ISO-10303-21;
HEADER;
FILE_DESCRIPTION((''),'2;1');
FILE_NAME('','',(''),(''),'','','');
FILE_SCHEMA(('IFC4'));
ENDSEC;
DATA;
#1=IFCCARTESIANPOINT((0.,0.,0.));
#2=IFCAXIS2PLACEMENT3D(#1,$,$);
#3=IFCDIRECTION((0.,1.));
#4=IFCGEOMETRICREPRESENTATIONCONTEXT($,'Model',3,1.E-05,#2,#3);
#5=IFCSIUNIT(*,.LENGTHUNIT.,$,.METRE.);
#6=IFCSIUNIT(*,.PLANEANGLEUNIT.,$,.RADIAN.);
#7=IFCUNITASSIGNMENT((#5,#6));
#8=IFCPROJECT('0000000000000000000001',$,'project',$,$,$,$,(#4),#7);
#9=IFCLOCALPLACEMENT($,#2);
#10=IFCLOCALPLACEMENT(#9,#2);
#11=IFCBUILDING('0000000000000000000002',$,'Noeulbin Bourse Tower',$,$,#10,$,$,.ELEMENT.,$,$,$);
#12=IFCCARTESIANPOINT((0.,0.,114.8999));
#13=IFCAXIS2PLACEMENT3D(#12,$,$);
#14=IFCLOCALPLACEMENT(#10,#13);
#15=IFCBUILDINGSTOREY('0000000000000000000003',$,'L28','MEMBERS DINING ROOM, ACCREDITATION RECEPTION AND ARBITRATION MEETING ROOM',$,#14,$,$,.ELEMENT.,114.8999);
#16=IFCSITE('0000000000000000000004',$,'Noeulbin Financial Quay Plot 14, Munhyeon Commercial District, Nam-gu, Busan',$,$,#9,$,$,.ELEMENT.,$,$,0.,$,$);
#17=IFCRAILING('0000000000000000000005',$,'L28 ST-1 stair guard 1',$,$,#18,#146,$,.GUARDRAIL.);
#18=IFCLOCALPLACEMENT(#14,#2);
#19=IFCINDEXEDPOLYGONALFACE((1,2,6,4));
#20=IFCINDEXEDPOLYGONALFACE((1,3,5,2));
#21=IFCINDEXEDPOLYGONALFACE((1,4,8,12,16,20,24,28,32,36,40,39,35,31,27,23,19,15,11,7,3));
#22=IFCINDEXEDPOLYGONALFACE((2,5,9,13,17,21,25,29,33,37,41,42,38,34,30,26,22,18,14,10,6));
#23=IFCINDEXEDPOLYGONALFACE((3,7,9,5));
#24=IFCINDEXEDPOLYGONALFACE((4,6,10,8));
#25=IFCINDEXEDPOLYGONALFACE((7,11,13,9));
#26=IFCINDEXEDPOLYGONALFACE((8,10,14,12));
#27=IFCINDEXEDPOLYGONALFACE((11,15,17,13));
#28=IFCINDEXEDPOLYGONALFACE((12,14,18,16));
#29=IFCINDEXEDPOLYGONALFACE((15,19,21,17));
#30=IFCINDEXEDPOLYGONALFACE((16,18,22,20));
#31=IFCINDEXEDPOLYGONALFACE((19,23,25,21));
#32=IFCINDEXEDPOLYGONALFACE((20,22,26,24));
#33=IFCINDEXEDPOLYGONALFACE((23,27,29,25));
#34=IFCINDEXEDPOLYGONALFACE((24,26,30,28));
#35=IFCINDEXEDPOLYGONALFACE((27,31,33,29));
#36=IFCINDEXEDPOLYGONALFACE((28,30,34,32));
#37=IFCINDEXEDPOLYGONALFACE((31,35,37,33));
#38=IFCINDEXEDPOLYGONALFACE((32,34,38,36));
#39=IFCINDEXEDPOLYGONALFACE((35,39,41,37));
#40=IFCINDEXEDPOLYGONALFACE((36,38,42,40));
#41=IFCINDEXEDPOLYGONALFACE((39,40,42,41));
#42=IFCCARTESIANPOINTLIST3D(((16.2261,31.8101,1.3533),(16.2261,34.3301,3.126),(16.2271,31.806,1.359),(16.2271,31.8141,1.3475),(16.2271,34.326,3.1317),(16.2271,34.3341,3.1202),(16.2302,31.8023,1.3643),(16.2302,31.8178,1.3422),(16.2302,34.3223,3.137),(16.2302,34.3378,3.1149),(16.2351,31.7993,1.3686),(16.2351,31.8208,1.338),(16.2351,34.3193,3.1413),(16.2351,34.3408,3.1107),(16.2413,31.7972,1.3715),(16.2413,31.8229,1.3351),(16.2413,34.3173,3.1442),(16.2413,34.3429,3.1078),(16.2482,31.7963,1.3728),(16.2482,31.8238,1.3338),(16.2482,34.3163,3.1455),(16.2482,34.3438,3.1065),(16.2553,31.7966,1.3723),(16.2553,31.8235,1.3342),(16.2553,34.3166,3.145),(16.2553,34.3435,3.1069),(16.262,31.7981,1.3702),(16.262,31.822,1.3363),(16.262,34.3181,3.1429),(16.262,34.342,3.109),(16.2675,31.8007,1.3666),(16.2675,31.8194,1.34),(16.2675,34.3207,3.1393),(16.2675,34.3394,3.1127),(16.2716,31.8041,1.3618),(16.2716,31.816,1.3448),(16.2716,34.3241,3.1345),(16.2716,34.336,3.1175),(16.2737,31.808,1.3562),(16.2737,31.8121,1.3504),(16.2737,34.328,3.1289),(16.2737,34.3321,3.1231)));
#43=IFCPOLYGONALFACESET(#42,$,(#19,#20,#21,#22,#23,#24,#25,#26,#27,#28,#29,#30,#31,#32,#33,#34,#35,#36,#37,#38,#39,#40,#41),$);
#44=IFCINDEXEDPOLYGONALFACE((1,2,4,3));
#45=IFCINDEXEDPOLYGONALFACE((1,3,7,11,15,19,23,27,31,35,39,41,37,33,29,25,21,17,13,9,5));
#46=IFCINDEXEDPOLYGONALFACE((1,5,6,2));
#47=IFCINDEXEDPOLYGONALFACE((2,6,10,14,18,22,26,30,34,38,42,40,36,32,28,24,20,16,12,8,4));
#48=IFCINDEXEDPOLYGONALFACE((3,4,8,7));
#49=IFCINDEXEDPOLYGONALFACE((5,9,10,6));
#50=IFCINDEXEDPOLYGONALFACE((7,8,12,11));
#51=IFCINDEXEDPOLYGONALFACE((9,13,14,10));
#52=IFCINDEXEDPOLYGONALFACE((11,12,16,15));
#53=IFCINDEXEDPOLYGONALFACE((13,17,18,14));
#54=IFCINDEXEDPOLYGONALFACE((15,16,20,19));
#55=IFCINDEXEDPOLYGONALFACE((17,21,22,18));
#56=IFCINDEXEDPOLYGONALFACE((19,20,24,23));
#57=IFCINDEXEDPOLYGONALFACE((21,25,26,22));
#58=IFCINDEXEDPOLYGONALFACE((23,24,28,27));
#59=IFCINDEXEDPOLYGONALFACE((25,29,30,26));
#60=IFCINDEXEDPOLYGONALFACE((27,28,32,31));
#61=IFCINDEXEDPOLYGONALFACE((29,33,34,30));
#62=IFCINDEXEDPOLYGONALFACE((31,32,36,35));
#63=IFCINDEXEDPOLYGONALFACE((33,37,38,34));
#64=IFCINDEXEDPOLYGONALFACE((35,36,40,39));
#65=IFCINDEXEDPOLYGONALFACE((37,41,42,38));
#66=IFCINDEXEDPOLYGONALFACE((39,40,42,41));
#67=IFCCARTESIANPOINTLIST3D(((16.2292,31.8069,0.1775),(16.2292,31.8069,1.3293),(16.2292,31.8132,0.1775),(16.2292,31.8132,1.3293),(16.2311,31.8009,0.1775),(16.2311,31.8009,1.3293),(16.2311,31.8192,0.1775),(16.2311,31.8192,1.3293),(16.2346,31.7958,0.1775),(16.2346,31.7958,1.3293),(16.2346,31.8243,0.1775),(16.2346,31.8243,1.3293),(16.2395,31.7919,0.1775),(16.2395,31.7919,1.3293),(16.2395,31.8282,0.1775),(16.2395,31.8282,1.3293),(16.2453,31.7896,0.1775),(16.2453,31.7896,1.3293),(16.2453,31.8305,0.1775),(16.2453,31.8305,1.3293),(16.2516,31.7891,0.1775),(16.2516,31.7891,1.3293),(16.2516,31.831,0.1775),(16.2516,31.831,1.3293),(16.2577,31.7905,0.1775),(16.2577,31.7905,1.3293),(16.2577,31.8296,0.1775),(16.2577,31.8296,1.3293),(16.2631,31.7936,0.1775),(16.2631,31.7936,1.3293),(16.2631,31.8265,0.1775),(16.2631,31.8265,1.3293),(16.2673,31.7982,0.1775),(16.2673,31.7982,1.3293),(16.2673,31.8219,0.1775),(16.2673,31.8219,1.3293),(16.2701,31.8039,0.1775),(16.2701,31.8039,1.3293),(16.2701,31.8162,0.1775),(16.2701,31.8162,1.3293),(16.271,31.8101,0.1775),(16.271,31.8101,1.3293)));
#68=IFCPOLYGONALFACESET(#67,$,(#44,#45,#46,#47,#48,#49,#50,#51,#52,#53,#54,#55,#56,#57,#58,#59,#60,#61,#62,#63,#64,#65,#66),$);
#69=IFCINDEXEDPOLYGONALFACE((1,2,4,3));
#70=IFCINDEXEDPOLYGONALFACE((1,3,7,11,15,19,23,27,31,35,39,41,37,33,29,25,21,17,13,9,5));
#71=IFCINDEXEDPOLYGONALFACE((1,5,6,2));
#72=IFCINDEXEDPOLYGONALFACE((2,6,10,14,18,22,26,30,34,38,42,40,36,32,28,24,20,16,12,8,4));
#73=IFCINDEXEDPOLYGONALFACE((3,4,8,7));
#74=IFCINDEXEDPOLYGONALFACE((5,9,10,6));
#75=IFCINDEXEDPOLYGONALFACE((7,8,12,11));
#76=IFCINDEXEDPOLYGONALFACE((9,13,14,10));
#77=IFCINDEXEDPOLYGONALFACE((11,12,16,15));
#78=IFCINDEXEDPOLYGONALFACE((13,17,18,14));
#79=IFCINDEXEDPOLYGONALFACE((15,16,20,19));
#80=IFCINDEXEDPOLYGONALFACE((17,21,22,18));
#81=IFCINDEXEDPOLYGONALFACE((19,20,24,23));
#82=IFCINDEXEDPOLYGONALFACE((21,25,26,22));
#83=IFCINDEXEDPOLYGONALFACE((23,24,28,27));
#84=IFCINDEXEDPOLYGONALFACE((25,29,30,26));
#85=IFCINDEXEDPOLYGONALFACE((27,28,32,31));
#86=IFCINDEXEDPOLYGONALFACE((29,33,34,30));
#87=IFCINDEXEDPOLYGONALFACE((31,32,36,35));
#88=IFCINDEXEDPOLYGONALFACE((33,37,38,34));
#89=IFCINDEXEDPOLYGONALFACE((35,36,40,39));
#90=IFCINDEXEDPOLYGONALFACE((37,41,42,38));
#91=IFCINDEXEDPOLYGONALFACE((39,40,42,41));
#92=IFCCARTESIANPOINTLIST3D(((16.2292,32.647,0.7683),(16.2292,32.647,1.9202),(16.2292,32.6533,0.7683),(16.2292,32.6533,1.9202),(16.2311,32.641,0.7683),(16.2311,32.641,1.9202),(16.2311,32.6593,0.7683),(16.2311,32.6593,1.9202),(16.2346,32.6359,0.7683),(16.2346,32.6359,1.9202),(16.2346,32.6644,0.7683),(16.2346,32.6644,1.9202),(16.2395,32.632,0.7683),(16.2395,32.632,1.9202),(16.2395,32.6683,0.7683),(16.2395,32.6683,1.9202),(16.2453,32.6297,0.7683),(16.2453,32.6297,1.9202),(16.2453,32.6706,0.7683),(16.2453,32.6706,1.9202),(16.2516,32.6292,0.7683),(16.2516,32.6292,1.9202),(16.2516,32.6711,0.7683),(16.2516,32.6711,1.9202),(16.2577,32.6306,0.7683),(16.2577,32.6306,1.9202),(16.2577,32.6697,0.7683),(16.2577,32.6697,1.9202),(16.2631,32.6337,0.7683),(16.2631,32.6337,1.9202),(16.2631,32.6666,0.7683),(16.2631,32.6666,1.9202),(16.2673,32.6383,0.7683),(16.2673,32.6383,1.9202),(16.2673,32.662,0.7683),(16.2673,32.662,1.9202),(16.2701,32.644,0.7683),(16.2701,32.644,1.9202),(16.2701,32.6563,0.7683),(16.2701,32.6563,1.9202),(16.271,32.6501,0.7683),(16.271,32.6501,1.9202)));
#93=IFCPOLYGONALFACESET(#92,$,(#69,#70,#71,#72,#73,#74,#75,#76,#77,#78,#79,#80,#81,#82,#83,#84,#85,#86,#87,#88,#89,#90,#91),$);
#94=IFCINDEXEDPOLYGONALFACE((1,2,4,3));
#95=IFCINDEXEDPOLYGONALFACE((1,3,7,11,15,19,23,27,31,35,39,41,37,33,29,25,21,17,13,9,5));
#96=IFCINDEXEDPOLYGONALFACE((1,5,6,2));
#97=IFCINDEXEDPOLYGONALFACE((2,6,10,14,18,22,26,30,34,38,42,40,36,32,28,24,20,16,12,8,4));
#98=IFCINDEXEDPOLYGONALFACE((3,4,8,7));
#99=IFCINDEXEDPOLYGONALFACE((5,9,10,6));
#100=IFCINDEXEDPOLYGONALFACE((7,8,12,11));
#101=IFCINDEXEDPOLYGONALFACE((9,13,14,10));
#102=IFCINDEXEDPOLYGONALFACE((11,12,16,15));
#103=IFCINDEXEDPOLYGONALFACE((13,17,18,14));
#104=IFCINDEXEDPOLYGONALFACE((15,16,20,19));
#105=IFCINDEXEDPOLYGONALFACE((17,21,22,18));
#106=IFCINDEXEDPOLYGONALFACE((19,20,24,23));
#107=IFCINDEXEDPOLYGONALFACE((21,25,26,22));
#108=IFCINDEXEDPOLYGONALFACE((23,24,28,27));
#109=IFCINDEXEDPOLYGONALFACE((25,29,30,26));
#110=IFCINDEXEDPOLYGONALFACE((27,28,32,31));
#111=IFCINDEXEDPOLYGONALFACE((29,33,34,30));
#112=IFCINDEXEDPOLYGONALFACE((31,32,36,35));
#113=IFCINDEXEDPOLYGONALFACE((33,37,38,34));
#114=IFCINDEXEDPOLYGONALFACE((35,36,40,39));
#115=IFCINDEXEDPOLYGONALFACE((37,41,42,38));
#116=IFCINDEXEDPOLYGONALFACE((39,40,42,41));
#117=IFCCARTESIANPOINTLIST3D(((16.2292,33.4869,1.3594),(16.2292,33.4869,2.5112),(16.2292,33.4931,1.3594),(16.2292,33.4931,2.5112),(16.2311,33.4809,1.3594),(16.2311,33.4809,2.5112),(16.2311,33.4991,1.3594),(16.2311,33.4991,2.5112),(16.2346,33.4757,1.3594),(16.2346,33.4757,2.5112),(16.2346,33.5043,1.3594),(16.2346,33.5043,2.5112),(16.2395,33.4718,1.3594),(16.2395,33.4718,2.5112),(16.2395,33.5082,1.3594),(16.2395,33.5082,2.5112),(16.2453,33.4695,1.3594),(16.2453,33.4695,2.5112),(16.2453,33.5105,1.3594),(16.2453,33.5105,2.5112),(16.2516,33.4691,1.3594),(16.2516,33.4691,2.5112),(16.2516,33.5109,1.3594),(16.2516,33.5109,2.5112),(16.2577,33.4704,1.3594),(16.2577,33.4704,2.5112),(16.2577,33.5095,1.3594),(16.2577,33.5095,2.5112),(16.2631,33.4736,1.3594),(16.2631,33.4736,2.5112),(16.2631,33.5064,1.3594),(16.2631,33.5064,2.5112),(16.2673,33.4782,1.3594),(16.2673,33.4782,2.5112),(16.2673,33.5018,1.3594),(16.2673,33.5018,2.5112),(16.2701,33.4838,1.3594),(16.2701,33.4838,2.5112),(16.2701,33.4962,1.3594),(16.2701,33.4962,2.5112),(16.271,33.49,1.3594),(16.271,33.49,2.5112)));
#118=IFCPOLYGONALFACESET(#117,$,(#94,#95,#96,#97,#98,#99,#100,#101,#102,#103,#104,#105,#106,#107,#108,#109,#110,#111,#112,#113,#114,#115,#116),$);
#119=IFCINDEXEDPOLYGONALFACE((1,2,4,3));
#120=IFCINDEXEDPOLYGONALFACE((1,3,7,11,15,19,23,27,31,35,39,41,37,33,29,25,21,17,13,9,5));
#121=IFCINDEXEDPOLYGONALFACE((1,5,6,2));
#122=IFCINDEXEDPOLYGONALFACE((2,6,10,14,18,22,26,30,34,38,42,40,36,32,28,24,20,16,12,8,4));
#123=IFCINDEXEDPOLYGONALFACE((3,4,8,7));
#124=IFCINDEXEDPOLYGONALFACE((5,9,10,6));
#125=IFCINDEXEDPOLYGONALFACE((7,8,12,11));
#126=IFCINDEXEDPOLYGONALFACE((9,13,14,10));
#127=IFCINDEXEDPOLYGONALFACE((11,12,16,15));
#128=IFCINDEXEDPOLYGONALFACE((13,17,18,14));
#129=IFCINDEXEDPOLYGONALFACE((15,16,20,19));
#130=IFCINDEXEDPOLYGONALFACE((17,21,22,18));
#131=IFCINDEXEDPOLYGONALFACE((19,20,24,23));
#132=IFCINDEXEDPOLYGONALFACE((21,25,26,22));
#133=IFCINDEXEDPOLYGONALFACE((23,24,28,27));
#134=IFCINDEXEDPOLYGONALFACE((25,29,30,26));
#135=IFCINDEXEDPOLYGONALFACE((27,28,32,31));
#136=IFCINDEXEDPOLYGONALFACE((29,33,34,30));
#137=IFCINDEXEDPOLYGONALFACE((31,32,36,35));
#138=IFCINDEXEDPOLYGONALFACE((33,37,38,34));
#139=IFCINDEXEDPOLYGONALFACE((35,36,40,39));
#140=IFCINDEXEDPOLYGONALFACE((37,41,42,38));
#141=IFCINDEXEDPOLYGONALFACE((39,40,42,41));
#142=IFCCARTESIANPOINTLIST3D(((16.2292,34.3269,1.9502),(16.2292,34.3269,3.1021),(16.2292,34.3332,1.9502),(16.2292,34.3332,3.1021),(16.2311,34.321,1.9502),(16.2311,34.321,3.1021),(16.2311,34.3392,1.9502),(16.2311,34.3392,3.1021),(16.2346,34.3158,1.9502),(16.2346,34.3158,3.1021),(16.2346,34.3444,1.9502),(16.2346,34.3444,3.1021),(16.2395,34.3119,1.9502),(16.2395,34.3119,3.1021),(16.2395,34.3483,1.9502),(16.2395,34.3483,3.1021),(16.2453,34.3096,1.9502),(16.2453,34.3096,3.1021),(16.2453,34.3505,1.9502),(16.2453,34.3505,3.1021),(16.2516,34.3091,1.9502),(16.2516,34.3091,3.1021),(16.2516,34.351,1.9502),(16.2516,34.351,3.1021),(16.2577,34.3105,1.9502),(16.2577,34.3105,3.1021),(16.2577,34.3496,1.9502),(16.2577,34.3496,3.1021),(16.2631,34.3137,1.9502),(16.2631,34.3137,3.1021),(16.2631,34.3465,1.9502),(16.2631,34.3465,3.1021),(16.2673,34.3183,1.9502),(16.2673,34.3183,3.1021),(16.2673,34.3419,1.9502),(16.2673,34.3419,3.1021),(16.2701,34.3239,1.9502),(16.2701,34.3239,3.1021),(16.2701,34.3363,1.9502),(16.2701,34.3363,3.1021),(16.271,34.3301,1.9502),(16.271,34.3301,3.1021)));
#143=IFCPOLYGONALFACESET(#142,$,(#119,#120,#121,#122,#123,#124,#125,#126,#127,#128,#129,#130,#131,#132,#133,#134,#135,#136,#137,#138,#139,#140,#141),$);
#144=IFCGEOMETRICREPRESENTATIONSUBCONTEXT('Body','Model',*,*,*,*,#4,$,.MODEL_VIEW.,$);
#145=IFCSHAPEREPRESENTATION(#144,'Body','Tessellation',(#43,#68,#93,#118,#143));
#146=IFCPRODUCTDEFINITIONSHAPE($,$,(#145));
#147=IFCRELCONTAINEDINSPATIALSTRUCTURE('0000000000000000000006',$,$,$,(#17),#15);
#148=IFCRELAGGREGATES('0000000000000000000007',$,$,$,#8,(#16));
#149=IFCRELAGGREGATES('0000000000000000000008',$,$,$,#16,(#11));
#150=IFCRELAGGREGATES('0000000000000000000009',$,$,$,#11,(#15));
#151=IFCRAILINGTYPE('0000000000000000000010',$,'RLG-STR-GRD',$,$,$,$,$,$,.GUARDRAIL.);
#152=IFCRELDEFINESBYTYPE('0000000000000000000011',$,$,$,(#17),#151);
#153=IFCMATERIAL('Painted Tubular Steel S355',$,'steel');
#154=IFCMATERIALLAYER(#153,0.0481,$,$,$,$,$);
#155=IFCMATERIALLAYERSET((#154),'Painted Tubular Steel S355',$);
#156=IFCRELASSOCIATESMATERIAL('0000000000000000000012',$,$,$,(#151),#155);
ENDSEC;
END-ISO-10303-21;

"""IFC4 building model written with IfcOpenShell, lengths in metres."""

from ifc_helpers import new_model, si_unit, direction, frame, origin, origin_2d, place, context, subcontext, project, spatial, circle, extrude, material, layer, layer_set, type_object, element, save


model = new_model("IFC4")

# Units and contexts
model_context = context("Model", 3, precision=1e-05, world=origin(), true_north=direction((0.0, 1.0)))
body_context = subcontext(model_context, "Body", "Model", "MODEL_VIEW")
ifc_project = project(units=[si_unit("LENGTHUNIT", "METRE"), si_unit("PLANEANGLEUNIT", "RADIAN")], contexts=[model_context])

# Site, building, storey
site_placement = place(None, origin())
site = spatial("IfcSite", under=ifc_project, at=site_placement, Name="Noeulbin Financial Quay Plot 14, Munhyeon Commercial District, Nam-gu, Busan", CompositionType="ELEMENT", RefElevation=0.0)
building_placement = place(site_placement, origin())
building = spatial("IfcBuilding", under=site, at=building_placement, Name="Noeulbin Bourse Tower", CompositionType="ELEMENT")
storey_placement = place(building_placement, frame((0.0, 0.0, 114.8999)))
storey = spatial("IfcBuildingStorey", under=building, at=storey_placement, Name="L28", Description="MEMBERS DINING ROOM, ACCREDITATION RECEPTION AND ARBITRATION MEETING ROOM", CompositionType="ELEMENT", Elevation=114.8999)

# Railing
ifc_material_1 = material(Name="Painted Tubular Steel S355", Category="steel")
ifc_layer_1 = layer(ifc_material_1, 0.0481)
ifc_layer_set_1 = layer_set([ifc_layer_1], Name="Painted Tubular Steel S355")
railing_type_1 = type_object("IfcRailingType", Name="RLG-STR-GRD", PredefinedType="GUARDRAIL", material=ifc_layer_set_1)
railing_1_placement = place(storey_placement, frame((16.25, 31.8101, 0.1775)))
element("IfcRailing", 1, at=railing_1_placement, inside=storey, type_object=railing_type_1, Name="L28 ST-1 stair guard 1", PredefinedType="GUARDRAIL", context=body_context, shape_type="SweptSolid", body=[
    extrude(circle(Radius=0.0239, at=origin_2d()), frame((0.0, 0.0, 1.1758), z_axis=(0.0, 0.817904, 0.575354), x_axis=(-1.0, 0.0, 0.0)), (0.0, 0.0, 1.0), 3.0811),
    extrude(circle(Radius=0.021, at=origin_2d()), origin(), (0.0, 0.0, 1.0), 1.1519),
    extrude(circle(Radius=0.021, at=origin_2d()), frame((0.0, 0.8401, 0.5908)), (0.0, 0.0, 1.0), 1.1519),
    extrude(circle(Radius=0.021, at=origin_2d()), frame((0.0, 1.6799, 1.1819)), (0.0, 0.0, 1.0), 1.1519),
    extrude(circle(Radius=0.021, at=origin_2d()), frame((0.0, 2.52, 1.7727)), (0.0, 0.0, 1.0), 1.1519),
])

save(model, "model.ifc")
